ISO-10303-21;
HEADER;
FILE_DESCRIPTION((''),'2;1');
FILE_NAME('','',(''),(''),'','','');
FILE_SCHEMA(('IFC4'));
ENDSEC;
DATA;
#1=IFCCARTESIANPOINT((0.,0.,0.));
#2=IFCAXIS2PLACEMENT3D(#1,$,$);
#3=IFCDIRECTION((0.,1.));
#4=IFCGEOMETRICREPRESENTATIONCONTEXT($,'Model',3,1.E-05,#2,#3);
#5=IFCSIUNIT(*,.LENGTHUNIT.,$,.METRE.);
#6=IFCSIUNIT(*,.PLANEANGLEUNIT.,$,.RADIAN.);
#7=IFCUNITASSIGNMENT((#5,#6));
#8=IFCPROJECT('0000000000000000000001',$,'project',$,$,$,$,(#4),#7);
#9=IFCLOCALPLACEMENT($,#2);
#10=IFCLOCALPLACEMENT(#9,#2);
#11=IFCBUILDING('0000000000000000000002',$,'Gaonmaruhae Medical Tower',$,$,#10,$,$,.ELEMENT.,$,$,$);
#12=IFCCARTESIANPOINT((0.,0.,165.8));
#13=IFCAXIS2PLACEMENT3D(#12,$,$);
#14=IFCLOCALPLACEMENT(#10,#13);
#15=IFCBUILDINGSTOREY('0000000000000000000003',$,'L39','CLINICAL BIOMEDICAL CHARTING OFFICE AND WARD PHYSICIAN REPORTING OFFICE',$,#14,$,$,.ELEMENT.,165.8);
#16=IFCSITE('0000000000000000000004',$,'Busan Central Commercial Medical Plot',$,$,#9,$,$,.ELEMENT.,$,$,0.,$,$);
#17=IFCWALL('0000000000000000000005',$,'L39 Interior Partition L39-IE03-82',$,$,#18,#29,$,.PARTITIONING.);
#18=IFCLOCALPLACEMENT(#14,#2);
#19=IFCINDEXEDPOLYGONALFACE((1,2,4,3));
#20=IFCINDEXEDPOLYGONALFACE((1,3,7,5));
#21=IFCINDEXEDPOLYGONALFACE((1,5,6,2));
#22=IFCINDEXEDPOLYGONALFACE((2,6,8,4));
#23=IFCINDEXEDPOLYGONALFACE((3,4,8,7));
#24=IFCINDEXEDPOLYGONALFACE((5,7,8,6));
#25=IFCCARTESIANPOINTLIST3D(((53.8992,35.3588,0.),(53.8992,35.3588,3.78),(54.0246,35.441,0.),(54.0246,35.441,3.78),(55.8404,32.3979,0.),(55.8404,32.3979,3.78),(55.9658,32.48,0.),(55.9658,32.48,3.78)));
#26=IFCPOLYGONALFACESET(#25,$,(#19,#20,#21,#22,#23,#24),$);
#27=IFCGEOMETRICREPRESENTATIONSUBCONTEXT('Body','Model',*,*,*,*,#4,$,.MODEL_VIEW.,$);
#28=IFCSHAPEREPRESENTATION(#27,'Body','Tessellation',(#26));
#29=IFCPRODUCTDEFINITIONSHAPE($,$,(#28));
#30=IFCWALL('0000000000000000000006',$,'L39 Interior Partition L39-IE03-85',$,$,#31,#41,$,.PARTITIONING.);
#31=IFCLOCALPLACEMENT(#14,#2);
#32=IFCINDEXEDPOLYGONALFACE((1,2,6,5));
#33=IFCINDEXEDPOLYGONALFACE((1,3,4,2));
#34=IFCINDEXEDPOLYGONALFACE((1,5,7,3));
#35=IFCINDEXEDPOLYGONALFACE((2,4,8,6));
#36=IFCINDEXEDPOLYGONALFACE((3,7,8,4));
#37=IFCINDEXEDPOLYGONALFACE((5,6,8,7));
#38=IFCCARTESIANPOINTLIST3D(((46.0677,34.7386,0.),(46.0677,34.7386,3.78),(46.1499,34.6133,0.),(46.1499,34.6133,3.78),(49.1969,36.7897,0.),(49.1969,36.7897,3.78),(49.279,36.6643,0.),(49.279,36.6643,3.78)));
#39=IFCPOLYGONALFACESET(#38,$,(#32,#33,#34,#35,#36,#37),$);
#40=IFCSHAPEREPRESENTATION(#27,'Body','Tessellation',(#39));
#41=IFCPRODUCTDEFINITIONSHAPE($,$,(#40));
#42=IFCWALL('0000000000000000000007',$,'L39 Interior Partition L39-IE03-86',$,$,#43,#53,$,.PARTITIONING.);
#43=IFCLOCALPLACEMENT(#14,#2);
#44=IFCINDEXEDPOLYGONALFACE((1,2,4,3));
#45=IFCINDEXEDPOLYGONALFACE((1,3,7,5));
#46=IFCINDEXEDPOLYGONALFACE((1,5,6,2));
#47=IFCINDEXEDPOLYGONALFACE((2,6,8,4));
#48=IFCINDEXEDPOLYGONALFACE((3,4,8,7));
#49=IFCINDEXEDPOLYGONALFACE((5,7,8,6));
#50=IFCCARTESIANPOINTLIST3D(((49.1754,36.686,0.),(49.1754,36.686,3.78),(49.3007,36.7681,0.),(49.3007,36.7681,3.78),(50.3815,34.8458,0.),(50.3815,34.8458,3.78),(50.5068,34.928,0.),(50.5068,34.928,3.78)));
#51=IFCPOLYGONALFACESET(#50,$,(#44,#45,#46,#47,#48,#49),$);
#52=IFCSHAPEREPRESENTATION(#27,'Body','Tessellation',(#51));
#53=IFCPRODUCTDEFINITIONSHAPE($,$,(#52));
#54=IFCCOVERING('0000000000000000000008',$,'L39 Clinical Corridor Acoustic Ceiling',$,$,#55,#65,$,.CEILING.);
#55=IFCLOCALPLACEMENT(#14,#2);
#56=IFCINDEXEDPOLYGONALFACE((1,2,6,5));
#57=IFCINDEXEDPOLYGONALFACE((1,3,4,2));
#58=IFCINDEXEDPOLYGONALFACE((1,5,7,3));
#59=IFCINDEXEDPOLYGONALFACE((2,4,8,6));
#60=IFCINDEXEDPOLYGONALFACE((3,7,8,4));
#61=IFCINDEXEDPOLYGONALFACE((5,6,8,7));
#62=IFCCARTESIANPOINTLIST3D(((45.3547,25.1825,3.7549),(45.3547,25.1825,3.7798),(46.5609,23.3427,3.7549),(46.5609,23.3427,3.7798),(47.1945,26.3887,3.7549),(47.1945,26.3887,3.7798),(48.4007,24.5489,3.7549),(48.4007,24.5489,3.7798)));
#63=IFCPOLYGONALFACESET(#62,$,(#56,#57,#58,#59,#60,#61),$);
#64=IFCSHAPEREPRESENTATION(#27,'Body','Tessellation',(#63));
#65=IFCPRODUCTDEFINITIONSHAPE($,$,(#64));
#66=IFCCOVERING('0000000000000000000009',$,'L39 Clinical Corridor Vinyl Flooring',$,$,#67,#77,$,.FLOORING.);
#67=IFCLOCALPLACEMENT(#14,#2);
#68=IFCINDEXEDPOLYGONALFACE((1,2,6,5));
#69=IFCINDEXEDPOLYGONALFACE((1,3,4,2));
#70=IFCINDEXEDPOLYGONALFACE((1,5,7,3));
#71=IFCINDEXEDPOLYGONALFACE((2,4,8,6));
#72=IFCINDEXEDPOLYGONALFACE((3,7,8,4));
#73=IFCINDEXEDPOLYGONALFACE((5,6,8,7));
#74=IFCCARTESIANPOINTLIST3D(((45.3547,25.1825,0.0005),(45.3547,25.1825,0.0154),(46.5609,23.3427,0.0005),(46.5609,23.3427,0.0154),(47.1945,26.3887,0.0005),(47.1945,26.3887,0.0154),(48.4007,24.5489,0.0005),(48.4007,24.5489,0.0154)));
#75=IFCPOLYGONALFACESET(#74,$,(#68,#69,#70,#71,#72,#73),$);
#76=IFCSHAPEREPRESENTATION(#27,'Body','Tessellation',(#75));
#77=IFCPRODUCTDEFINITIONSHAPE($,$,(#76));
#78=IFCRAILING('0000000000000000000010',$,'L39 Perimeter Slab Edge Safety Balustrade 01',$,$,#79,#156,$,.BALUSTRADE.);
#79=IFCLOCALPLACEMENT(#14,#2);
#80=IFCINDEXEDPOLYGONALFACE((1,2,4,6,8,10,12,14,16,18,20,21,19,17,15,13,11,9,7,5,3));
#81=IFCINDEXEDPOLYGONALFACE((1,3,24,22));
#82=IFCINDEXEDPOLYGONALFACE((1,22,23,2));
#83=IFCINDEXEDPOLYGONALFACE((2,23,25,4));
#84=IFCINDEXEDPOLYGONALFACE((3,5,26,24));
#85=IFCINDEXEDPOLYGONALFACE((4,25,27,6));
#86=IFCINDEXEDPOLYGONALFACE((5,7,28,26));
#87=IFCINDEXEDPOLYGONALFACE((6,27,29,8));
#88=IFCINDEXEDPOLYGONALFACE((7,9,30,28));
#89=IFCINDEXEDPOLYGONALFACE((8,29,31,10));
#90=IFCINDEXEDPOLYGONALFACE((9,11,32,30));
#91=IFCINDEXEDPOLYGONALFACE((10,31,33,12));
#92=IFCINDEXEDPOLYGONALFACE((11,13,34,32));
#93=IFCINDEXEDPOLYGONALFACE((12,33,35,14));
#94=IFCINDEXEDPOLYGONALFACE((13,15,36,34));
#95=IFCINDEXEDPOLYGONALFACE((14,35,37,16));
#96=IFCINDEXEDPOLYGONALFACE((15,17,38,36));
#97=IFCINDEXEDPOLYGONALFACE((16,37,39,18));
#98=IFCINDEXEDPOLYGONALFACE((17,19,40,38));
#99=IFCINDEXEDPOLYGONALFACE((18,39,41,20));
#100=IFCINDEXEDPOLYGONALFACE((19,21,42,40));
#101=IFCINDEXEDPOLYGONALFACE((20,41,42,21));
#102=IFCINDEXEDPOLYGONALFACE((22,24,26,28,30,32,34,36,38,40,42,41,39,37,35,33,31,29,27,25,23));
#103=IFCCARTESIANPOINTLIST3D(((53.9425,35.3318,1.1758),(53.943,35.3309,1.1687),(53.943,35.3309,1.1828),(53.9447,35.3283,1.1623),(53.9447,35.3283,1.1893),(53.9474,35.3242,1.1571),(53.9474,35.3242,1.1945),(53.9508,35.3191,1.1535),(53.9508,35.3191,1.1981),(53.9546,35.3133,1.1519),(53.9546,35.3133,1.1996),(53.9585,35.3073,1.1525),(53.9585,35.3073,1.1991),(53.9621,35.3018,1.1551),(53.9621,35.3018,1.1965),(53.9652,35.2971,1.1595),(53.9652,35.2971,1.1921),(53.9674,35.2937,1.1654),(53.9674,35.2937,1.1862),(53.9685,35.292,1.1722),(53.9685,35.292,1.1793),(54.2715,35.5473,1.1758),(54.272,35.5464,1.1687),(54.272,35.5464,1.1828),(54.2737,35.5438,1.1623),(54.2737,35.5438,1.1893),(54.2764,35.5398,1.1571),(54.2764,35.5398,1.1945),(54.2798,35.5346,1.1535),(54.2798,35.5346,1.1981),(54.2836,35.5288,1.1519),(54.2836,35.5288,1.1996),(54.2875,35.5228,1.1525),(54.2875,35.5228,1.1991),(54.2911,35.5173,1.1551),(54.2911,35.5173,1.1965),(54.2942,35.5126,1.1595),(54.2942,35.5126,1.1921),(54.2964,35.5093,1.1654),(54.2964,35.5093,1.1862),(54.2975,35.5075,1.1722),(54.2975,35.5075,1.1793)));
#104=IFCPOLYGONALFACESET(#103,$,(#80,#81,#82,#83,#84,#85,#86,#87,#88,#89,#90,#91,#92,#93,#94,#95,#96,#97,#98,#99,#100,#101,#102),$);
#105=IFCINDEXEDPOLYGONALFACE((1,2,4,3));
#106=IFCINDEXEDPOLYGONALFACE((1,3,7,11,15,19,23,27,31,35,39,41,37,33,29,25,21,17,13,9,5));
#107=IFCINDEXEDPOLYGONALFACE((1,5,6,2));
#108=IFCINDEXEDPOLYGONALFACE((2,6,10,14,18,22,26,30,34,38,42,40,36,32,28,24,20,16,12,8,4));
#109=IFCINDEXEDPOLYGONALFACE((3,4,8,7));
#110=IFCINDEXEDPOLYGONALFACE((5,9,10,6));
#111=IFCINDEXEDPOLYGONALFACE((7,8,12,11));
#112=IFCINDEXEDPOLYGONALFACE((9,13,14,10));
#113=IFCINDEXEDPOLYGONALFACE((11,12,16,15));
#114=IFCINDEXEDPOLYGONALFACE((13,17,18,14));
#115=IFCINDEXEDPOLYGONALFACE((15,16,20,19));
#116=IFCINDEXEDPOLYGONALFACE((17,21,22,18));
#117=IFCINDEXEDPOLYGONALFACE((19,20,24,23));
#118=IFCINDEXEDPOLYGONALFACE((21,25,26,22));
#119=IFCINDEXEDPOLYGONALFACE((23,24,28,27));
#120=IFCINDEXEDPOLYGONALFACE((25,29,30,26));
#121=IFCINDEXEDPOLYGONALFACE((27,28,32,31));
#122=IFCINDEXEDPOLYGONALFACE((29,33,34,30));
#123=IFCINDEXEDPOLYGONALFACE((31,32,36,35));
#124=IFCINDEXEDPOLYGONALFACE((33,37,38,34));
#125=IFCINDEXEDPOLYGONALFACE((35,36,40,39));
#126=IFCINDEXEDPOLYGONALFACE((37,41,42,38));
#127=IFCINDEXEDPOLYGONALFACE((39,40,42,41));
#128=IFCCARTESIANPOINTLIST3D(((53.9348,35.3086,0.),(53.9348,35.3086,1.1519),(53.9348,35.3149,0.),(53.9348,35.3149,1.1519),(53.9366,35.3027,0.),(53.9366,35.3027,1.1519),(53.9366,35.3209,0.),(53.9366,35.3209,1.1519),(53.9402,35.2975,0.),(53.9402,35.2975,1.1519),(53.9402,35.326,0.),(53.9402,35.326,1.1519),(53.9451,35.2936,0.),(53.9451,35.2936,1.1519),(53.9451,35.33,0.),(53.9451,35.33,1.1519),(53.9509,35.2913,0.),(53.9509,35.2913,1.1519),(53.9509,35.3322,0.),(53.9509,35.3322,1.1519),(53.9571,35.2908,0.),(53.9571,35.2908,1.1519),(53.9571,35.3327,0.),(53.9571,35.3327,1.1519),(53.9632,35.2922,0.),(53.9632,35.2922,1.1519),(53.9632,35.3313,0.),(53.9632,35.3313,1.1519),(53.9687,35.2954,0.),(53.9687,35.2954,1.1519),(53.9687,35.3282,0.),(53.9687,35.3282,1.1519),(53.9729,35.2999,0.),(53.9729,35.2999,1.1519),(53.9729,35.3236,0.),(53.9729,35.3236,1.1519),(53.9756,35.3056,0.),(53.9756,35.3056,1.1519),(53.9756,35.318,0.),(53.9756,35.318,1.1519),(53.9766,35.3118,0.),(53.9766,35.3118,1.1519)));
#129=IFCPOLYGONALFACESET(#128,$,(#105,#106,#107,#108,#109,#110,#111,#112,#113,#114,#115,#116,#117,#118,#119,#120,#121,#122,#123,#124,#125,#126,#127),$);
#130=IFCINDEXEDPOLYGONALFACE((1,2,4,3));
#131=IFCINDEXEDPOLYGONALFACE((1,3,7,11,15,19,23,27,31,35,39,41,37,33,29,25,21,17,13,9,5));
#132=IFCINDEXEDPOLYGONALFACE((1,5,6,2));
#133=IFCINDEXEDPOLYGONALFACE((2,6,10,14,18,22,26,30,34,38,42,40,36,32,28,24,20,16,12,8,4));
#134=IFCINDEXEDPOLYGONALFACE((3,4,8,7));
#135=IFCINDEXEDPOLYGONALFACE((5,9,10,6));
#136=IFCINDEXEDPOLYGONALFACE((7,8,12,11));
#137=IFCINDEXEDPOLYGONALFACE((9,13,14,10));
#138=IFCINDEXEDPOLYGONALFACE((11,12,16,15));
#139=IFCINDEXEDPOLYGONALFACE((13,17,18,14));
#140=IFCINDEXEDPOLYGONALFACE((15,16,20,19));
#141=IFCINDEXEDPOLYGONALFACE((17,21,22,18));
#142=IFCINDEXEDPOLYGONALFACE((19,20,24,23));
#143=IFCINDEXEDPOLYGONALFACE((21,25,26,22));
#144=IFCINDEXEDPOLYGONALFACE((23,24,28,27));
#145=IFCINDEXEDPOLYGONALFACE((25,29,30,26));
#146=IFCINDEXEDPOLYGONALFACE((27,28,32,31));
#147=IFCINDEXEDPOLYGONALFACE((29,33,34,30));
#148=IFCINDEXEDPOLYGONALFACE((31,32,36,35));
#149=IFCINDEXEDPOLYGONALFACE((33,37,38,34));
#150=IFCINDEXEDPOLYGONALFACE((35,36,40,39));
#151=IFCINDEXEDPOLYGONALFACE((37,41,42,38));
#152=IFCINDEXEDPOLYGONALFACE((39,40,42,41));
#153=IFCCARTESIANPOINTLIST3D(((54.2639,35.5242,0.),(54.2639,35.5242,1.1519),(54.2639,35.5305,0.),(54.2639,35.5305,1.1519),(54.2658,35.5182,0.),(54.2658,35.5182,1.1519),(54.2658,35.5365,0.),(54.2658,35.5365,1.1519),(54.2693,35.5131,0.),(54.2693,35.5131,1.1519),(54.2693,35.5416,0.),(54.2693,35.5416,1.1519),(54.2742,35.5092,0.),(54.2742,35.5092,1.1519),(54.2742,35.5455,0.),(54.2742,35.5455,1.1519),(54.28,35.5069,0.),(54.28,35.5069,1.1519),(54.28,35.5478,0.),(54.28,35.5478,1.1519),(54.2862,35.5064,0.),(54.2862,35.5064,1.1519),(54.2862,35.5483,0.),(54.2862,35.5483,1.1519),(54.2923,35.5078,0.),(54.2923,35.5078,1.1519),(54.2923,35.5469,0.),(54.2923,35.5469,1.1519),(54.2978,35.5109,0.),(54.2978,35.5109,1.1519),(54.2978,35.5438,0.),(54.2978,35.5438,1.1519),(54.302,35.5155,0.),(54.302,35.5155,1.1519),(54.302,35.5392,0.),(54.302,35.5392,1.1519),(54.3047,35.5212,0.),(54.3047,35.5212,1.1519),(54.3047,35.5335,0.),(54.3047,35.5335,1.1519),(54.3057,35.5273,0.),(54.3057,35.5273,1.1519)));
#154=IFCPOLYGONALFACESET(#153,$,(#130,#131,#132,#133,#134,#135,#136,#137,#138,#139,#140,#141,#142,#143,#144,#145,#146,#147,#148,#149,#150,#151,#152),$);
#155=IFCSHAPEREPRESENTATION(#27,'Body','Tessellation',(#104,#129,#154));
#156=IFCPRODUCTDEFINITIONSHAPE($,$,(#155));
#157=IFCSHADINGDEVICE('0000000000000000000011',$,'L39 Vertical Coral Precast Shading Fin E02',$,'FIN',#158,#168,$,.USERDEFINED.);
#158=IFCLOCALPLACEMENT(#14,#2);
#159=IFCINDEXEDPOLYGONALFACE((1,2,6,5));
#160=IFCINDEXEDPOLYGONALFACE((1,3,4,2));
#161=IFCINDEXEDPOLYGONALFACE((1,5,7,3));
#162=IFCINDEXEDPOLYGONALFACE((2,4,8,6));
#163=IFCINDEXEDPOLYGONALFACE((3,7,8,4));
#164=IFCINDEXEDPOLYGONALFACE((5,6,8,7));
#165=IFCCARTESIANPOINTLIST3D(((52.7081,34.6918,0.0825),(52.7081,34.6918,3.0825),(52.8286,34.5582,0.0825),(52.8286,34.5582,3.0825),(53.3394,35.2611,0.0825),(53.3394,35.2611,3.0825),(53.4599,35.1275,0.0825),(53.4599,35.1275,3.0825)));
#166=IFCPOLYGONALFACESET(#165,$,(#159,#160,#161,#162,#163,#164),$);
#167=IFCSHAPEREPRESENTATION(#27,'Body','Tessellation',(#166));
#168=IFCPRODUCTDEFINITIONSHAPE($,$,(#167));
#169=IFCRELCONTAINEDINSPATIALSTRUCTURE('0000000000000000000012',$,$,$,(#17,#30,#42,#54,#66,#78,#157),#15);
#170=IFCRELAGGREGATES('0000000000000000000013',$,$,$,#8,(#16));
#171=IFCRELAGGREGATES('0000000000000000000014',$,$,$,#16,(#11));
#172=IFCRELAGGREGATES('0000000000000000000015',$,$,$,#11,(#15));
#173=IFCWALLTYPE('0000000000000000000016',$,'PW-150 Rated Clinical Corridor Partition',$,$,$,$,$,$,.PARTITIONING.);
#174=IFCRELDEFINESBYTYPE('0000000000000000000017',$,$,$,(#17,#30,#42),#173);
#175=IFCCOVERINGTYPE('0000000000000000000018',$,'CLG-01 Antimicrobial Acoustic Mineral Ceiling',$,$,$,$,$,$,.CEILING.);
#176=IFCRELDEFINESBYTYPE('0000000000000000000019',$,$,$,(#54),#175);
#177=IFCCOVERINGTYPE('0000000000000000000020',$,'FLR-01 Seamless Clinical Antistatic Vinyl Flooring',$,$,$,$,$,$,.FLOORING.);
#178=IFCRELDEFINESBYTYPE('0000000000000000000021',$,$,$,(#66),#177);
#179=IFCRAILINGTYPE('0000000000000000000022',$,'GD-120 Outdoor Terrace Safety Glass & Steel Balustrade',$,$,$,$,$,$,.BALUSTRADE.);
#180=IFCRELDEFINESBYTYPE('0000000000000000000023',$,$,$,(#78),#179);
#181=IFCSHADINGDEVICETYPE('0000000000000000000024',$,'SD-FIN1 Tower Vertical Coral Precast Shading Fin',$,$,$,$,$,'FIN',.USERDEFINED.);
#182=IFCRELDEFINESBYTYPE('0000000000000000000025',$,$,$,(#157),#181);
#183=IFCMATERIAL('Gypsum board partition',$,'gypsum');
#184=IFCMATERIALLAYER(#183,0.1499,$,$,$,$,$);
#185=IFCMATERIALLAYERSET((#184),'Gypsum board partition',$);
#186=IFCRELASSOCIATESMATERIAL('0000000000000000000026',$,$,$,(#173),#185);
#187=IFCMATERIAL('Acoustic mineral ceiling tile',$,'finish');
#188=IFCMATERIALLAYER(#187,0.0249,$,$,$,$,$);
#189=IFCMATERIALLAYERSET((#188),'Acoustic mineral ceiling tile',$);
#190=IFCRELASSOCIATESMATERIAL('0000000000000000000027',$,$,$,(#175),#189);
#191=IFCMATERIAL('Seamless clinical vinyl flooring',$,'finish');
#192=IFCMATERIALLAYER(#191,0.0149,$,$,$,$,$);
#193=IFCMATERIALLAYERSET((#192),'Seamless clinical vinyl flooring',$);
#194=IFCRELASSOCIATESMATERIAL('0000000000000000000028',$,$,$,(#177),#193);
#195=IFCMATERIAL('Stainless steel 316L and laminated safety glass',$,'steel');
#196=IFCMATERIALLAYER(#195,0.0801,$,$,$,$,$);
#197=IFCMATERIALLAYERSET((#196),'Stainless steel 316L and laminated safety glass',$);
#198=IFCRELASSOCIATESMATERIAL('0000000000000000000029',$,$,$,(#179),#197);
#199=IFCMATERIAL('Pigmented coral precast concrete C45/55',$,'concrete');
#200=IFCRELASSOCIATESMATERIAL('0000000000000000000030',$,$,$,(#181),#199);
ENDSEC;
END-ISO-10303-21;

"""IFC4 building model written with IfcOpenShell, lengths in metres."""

from ifc_helpers import new_model, si_unit, direction, frame, frame_2d, origin, origin_2d, place, context, subcontext, project, spatial, rectangle, circle, extrude, material, layer, layer_set, type_object, element, save


model = new_model("IFC4")

# Units and contexts
model_context = context("Model", 3, precision=1e-05, world=origin(), true_north=direction((0.0, 1.0)))
body_context = subcontext(model_context, "Body", "Model", "MODEL_VIEW")
ifc_project = project(units=[si_unit("LENGTHUNIT", "METRE"), si_unit("PLANEANGLEUNIT", "RADIAN")], contexts=[model_context])

# Site, building, storey
site_placement = place(None, origin())
site = spatial("IfcSite", under=ifc_project, at=site_placement, Name="Busan Central Commercial Medical Plot", CompositionType="ELEMENT", RefElevation=0.0)
building_placement = place(site_placement, origin())
building = spatial("IfcBuilding", under=site, at=building_placement, Name="Gaonmaruhae Medical Tower", CompositionType="ELEMENT")
storey_placement = place(building_placement, frame((0.0, 0.0, 165.8)))
storey = spatial("IfcBuildingStorey", under=building, at=storey_placement, Name="L39", Description="CLINICAL BIOMEDICAL CHARTING OFFICE AND WARD PHYSICIAN REPORTING OFFICE", CompositionType="ELEMENT", Elevation=165.8)

# Shared definitions
ifc_material_1 = material(Name="Gypsum board partition", Category="gypsum")
ifc_layer_1 = layer(ifc_material_1, 0.1499)
ifc_layer_set_1 = layer_set([ifc_layer_1], Name="Gypsum board partition")
wall_type_1 = type_object("IfcWallType", Name="PW-150 Rated Clinical Corridor Partition", PredefinedType="PARTITIONING", material=ifc_layer_set_1)

# Walls
wall_1_placement = place(storey_placement, frame((53.9619, 35.3999, 0.0), z_axis=(0.0, 0.0, 1.0), x_axis=(0.548271, -0.836301, 0.0)))
element("IfcWall", 1, at=wall_1_placement, inside=storey, type_object=wall_type_1, Name="L39 Interior Partition L39-IE03-82", PredefinedType="PARTITIONING", context=body_context, shape_type="SweptSolid", body=[
    extrude(rectangle(XDim=3.5405, YDim=0.1499, at=frame_2d((1.7703, 0.0))), origin(), (0.0, 0.0, 1.0), 3.78),
])
wall_2_placement = place(storey_placement, frame((46.1089, 34.676, 0.0), z_axis=(0.0, 0.0, 1.0), x_axis=(0.836352, 0.548193, 0.0)))
element("IfcWall", 2, at=wall_2_placement, inside=storey, type_object=wall_type_1, Name="L39 Interior Partition L39-IE03-85", PredefinedType="PARTITIONING", context=body_context, shape_type="SweptSolid", body=[
    extrude(rectangle(XDim=3.7415, YDim=0.1499, at=frame_2d((1.8706, 0.0))), origin(), (0.0, 0.0, 1.0), 3.78),
])
wall_3_placement = place(storey_placement, frame((49.238, 36.7271, 0.0), z_axis=(0.0, 0.0, 1.0), x_axis=(0.548179, -0.836361, 0.0)))
element("IfcWall", 3, at=wall_3_placement, inside=storey, type_object=wall_type_1, Name="L39 Interior Partition L39-IE03-86", PredefinedType="PARTITIONING", context=body_context, shape_type="SweptSolid", body=[
    extrude(rectangle(XDim=2.2002, YDim=0.1499, at=frame_2d((1.1001, 0.0))), origin(), (0.0, 0.0, 1.0), 3.78),
])

# Coverings
ifc_material_2 = material(Name="Acoustic mineral ceiling tile", Category="finish")
ifc_layer_2 = layer(ifc_material_2, 0.0249)
ifc_layer_set_2 = layer_set([ifc_layer_2], Name="Acoustic mineral ceiling tile")
covering_type_1 = type_object("IfcCoveringType", Name="CLG-01 Antimicrobial Acoustic Mineral Ceiling", PredefinedType="CEILING", material=ifc_layer_set_2)
covering_1_placement = place(storey_placement, frame((46.8777, 24.8657, 3.7549), z_axis=(0.0, 0.0, 1.0), x_axis=(0.836286, 0.548293, 0.0)))
element("IfcCovering", 4, at=covering_1_placement, inside=storey, type_object=covering_type_1, Name="L39 Clinical Corridor Acoustic Ceiling", PredefinedType="CEILING", context=body_context, shape_type="SweptSolid", body=[
    extrude(rectangle(XDim=2.2, YDim=2.2, at=origin_2d()), origin(), (0.0, 0.0, 1.0), 0.0249),
])
ifc_material_3 = material(Name="Seamless clinical vinyl flooring", Category="finish")
ifc_layer_3 = layer(ifc_material_3, 0.0149)
ifc_layer_set_3 = layer_set([ifc_layer_3], Name="Seamless clinical vinyl flooring")
covering_type_2 = type_object("IfcCoveringType", Name="FLR-01 Seamless Clinical Antistatic Vinyl Flooring", PredefinedType="FLOORING", material=ifc_layer_set_3)
covering_2_placement = place(storey_placement, frame((46.8777, 24.8657, 0.0005), z_axis=(0.0, 0.0, 1.0), x_axis=(0.836286, 0.548293, 0.0)))
element("IfcCovering", 5, at=covering_2_placement, inside=storey, type_object=covering_type_2, Name="L39 Clinical Corridor Vinyl Flooring", PredefinedType="FLOORING", context=body_context, shape_type="SweptSolid", body=[
    extrude(rectangle(XDim=2.2, YDim=2.2, at=origin_2d()), origin(), (0.0, 0.0, 1.0), 0.0149),
])

# Railing
ifc_material_4 = material(Name="Stainless steel 316L and laminated safety glass", Category="steel")
ifc_layer_4 = layer(ifc_material_4, 0.0801)
ifc_layer_set_4 = layer_set([ifc_layer_4], Name="Stainless steel 316L and laminated safety glass")
railing_type = type_object("IfcRailingType", Name="GD-120 Outdoor Terrace Safety Glass & Steel Balustrade", PredefinedType="BALUSTRADE", material=ifc_layer_set_4)
railing_placement = place(storey_placement, frame((53.9556, 35.3118, 0.0)))
element("IfcRailing", 6, at=railing_placement, inside=storey, type_object=railing_type, Name="L39 Perimeter Slab Edge Safety Balustrade 01", PredefinedType="BALUSTRADE", context=body_context, shape_type="SweptSolid", body=[
    extrude(circle(Radius=0.0239, at=origin_2d()), frame((0.0, 0.0, 1.1758), z_axis=(0.83651, 0.547951, 0.0), x_axis=(-0.547951, 0.83651, 0.0)), (0.0, 0.0, 1.0), 0.3933),
    extrude(circle(Radius=0.021, at=origin_2d()), origin(), (0.0, 0.0, 1.0), 1.1519),
    extrude(circle(Radius=0.021, at=origin_2d()), frame((0.3291, 0.2156, 0.0)), (0.0, 0.0, 1.0), 1.1519),
])

# Shading device
ifc_material_5 = material(Name="Pigmented coral precast concrete C45/55", Category="concrete")
shading_device_type = type_object("IfcShadingDeviceType", Name="SD-FIN1 Tower Vertical Coral Precast Shading Fin", ElementType="FIN", PredefinedType="USERDEFINED", material=ifc_material_5)
shading_device_placement = place(storey_placement, frame((53.084, 34.9097, 0.0825), z_axis=(0.0, 0.0, 1.0), x_axis=(0.669649, -0.742678, 0.0)))
element("IfcShadingDevice", 7, at=shading_device_placement, inside=storey, type_object=shading_device_type, Name="L39 Vertical Coral Precast Shading Fin E02", ObjectType="FIN", PredefinedType="USERDEFINED", context=body_context, shape_type="SweptSolid", body=[
    extrude(rectangle(XDim=0.1799, YDim=0.8501, at=origin_2d()), origin(), (0.0, 0.0, 1.0), 3.0),
])

save(model, "model.ifc")
